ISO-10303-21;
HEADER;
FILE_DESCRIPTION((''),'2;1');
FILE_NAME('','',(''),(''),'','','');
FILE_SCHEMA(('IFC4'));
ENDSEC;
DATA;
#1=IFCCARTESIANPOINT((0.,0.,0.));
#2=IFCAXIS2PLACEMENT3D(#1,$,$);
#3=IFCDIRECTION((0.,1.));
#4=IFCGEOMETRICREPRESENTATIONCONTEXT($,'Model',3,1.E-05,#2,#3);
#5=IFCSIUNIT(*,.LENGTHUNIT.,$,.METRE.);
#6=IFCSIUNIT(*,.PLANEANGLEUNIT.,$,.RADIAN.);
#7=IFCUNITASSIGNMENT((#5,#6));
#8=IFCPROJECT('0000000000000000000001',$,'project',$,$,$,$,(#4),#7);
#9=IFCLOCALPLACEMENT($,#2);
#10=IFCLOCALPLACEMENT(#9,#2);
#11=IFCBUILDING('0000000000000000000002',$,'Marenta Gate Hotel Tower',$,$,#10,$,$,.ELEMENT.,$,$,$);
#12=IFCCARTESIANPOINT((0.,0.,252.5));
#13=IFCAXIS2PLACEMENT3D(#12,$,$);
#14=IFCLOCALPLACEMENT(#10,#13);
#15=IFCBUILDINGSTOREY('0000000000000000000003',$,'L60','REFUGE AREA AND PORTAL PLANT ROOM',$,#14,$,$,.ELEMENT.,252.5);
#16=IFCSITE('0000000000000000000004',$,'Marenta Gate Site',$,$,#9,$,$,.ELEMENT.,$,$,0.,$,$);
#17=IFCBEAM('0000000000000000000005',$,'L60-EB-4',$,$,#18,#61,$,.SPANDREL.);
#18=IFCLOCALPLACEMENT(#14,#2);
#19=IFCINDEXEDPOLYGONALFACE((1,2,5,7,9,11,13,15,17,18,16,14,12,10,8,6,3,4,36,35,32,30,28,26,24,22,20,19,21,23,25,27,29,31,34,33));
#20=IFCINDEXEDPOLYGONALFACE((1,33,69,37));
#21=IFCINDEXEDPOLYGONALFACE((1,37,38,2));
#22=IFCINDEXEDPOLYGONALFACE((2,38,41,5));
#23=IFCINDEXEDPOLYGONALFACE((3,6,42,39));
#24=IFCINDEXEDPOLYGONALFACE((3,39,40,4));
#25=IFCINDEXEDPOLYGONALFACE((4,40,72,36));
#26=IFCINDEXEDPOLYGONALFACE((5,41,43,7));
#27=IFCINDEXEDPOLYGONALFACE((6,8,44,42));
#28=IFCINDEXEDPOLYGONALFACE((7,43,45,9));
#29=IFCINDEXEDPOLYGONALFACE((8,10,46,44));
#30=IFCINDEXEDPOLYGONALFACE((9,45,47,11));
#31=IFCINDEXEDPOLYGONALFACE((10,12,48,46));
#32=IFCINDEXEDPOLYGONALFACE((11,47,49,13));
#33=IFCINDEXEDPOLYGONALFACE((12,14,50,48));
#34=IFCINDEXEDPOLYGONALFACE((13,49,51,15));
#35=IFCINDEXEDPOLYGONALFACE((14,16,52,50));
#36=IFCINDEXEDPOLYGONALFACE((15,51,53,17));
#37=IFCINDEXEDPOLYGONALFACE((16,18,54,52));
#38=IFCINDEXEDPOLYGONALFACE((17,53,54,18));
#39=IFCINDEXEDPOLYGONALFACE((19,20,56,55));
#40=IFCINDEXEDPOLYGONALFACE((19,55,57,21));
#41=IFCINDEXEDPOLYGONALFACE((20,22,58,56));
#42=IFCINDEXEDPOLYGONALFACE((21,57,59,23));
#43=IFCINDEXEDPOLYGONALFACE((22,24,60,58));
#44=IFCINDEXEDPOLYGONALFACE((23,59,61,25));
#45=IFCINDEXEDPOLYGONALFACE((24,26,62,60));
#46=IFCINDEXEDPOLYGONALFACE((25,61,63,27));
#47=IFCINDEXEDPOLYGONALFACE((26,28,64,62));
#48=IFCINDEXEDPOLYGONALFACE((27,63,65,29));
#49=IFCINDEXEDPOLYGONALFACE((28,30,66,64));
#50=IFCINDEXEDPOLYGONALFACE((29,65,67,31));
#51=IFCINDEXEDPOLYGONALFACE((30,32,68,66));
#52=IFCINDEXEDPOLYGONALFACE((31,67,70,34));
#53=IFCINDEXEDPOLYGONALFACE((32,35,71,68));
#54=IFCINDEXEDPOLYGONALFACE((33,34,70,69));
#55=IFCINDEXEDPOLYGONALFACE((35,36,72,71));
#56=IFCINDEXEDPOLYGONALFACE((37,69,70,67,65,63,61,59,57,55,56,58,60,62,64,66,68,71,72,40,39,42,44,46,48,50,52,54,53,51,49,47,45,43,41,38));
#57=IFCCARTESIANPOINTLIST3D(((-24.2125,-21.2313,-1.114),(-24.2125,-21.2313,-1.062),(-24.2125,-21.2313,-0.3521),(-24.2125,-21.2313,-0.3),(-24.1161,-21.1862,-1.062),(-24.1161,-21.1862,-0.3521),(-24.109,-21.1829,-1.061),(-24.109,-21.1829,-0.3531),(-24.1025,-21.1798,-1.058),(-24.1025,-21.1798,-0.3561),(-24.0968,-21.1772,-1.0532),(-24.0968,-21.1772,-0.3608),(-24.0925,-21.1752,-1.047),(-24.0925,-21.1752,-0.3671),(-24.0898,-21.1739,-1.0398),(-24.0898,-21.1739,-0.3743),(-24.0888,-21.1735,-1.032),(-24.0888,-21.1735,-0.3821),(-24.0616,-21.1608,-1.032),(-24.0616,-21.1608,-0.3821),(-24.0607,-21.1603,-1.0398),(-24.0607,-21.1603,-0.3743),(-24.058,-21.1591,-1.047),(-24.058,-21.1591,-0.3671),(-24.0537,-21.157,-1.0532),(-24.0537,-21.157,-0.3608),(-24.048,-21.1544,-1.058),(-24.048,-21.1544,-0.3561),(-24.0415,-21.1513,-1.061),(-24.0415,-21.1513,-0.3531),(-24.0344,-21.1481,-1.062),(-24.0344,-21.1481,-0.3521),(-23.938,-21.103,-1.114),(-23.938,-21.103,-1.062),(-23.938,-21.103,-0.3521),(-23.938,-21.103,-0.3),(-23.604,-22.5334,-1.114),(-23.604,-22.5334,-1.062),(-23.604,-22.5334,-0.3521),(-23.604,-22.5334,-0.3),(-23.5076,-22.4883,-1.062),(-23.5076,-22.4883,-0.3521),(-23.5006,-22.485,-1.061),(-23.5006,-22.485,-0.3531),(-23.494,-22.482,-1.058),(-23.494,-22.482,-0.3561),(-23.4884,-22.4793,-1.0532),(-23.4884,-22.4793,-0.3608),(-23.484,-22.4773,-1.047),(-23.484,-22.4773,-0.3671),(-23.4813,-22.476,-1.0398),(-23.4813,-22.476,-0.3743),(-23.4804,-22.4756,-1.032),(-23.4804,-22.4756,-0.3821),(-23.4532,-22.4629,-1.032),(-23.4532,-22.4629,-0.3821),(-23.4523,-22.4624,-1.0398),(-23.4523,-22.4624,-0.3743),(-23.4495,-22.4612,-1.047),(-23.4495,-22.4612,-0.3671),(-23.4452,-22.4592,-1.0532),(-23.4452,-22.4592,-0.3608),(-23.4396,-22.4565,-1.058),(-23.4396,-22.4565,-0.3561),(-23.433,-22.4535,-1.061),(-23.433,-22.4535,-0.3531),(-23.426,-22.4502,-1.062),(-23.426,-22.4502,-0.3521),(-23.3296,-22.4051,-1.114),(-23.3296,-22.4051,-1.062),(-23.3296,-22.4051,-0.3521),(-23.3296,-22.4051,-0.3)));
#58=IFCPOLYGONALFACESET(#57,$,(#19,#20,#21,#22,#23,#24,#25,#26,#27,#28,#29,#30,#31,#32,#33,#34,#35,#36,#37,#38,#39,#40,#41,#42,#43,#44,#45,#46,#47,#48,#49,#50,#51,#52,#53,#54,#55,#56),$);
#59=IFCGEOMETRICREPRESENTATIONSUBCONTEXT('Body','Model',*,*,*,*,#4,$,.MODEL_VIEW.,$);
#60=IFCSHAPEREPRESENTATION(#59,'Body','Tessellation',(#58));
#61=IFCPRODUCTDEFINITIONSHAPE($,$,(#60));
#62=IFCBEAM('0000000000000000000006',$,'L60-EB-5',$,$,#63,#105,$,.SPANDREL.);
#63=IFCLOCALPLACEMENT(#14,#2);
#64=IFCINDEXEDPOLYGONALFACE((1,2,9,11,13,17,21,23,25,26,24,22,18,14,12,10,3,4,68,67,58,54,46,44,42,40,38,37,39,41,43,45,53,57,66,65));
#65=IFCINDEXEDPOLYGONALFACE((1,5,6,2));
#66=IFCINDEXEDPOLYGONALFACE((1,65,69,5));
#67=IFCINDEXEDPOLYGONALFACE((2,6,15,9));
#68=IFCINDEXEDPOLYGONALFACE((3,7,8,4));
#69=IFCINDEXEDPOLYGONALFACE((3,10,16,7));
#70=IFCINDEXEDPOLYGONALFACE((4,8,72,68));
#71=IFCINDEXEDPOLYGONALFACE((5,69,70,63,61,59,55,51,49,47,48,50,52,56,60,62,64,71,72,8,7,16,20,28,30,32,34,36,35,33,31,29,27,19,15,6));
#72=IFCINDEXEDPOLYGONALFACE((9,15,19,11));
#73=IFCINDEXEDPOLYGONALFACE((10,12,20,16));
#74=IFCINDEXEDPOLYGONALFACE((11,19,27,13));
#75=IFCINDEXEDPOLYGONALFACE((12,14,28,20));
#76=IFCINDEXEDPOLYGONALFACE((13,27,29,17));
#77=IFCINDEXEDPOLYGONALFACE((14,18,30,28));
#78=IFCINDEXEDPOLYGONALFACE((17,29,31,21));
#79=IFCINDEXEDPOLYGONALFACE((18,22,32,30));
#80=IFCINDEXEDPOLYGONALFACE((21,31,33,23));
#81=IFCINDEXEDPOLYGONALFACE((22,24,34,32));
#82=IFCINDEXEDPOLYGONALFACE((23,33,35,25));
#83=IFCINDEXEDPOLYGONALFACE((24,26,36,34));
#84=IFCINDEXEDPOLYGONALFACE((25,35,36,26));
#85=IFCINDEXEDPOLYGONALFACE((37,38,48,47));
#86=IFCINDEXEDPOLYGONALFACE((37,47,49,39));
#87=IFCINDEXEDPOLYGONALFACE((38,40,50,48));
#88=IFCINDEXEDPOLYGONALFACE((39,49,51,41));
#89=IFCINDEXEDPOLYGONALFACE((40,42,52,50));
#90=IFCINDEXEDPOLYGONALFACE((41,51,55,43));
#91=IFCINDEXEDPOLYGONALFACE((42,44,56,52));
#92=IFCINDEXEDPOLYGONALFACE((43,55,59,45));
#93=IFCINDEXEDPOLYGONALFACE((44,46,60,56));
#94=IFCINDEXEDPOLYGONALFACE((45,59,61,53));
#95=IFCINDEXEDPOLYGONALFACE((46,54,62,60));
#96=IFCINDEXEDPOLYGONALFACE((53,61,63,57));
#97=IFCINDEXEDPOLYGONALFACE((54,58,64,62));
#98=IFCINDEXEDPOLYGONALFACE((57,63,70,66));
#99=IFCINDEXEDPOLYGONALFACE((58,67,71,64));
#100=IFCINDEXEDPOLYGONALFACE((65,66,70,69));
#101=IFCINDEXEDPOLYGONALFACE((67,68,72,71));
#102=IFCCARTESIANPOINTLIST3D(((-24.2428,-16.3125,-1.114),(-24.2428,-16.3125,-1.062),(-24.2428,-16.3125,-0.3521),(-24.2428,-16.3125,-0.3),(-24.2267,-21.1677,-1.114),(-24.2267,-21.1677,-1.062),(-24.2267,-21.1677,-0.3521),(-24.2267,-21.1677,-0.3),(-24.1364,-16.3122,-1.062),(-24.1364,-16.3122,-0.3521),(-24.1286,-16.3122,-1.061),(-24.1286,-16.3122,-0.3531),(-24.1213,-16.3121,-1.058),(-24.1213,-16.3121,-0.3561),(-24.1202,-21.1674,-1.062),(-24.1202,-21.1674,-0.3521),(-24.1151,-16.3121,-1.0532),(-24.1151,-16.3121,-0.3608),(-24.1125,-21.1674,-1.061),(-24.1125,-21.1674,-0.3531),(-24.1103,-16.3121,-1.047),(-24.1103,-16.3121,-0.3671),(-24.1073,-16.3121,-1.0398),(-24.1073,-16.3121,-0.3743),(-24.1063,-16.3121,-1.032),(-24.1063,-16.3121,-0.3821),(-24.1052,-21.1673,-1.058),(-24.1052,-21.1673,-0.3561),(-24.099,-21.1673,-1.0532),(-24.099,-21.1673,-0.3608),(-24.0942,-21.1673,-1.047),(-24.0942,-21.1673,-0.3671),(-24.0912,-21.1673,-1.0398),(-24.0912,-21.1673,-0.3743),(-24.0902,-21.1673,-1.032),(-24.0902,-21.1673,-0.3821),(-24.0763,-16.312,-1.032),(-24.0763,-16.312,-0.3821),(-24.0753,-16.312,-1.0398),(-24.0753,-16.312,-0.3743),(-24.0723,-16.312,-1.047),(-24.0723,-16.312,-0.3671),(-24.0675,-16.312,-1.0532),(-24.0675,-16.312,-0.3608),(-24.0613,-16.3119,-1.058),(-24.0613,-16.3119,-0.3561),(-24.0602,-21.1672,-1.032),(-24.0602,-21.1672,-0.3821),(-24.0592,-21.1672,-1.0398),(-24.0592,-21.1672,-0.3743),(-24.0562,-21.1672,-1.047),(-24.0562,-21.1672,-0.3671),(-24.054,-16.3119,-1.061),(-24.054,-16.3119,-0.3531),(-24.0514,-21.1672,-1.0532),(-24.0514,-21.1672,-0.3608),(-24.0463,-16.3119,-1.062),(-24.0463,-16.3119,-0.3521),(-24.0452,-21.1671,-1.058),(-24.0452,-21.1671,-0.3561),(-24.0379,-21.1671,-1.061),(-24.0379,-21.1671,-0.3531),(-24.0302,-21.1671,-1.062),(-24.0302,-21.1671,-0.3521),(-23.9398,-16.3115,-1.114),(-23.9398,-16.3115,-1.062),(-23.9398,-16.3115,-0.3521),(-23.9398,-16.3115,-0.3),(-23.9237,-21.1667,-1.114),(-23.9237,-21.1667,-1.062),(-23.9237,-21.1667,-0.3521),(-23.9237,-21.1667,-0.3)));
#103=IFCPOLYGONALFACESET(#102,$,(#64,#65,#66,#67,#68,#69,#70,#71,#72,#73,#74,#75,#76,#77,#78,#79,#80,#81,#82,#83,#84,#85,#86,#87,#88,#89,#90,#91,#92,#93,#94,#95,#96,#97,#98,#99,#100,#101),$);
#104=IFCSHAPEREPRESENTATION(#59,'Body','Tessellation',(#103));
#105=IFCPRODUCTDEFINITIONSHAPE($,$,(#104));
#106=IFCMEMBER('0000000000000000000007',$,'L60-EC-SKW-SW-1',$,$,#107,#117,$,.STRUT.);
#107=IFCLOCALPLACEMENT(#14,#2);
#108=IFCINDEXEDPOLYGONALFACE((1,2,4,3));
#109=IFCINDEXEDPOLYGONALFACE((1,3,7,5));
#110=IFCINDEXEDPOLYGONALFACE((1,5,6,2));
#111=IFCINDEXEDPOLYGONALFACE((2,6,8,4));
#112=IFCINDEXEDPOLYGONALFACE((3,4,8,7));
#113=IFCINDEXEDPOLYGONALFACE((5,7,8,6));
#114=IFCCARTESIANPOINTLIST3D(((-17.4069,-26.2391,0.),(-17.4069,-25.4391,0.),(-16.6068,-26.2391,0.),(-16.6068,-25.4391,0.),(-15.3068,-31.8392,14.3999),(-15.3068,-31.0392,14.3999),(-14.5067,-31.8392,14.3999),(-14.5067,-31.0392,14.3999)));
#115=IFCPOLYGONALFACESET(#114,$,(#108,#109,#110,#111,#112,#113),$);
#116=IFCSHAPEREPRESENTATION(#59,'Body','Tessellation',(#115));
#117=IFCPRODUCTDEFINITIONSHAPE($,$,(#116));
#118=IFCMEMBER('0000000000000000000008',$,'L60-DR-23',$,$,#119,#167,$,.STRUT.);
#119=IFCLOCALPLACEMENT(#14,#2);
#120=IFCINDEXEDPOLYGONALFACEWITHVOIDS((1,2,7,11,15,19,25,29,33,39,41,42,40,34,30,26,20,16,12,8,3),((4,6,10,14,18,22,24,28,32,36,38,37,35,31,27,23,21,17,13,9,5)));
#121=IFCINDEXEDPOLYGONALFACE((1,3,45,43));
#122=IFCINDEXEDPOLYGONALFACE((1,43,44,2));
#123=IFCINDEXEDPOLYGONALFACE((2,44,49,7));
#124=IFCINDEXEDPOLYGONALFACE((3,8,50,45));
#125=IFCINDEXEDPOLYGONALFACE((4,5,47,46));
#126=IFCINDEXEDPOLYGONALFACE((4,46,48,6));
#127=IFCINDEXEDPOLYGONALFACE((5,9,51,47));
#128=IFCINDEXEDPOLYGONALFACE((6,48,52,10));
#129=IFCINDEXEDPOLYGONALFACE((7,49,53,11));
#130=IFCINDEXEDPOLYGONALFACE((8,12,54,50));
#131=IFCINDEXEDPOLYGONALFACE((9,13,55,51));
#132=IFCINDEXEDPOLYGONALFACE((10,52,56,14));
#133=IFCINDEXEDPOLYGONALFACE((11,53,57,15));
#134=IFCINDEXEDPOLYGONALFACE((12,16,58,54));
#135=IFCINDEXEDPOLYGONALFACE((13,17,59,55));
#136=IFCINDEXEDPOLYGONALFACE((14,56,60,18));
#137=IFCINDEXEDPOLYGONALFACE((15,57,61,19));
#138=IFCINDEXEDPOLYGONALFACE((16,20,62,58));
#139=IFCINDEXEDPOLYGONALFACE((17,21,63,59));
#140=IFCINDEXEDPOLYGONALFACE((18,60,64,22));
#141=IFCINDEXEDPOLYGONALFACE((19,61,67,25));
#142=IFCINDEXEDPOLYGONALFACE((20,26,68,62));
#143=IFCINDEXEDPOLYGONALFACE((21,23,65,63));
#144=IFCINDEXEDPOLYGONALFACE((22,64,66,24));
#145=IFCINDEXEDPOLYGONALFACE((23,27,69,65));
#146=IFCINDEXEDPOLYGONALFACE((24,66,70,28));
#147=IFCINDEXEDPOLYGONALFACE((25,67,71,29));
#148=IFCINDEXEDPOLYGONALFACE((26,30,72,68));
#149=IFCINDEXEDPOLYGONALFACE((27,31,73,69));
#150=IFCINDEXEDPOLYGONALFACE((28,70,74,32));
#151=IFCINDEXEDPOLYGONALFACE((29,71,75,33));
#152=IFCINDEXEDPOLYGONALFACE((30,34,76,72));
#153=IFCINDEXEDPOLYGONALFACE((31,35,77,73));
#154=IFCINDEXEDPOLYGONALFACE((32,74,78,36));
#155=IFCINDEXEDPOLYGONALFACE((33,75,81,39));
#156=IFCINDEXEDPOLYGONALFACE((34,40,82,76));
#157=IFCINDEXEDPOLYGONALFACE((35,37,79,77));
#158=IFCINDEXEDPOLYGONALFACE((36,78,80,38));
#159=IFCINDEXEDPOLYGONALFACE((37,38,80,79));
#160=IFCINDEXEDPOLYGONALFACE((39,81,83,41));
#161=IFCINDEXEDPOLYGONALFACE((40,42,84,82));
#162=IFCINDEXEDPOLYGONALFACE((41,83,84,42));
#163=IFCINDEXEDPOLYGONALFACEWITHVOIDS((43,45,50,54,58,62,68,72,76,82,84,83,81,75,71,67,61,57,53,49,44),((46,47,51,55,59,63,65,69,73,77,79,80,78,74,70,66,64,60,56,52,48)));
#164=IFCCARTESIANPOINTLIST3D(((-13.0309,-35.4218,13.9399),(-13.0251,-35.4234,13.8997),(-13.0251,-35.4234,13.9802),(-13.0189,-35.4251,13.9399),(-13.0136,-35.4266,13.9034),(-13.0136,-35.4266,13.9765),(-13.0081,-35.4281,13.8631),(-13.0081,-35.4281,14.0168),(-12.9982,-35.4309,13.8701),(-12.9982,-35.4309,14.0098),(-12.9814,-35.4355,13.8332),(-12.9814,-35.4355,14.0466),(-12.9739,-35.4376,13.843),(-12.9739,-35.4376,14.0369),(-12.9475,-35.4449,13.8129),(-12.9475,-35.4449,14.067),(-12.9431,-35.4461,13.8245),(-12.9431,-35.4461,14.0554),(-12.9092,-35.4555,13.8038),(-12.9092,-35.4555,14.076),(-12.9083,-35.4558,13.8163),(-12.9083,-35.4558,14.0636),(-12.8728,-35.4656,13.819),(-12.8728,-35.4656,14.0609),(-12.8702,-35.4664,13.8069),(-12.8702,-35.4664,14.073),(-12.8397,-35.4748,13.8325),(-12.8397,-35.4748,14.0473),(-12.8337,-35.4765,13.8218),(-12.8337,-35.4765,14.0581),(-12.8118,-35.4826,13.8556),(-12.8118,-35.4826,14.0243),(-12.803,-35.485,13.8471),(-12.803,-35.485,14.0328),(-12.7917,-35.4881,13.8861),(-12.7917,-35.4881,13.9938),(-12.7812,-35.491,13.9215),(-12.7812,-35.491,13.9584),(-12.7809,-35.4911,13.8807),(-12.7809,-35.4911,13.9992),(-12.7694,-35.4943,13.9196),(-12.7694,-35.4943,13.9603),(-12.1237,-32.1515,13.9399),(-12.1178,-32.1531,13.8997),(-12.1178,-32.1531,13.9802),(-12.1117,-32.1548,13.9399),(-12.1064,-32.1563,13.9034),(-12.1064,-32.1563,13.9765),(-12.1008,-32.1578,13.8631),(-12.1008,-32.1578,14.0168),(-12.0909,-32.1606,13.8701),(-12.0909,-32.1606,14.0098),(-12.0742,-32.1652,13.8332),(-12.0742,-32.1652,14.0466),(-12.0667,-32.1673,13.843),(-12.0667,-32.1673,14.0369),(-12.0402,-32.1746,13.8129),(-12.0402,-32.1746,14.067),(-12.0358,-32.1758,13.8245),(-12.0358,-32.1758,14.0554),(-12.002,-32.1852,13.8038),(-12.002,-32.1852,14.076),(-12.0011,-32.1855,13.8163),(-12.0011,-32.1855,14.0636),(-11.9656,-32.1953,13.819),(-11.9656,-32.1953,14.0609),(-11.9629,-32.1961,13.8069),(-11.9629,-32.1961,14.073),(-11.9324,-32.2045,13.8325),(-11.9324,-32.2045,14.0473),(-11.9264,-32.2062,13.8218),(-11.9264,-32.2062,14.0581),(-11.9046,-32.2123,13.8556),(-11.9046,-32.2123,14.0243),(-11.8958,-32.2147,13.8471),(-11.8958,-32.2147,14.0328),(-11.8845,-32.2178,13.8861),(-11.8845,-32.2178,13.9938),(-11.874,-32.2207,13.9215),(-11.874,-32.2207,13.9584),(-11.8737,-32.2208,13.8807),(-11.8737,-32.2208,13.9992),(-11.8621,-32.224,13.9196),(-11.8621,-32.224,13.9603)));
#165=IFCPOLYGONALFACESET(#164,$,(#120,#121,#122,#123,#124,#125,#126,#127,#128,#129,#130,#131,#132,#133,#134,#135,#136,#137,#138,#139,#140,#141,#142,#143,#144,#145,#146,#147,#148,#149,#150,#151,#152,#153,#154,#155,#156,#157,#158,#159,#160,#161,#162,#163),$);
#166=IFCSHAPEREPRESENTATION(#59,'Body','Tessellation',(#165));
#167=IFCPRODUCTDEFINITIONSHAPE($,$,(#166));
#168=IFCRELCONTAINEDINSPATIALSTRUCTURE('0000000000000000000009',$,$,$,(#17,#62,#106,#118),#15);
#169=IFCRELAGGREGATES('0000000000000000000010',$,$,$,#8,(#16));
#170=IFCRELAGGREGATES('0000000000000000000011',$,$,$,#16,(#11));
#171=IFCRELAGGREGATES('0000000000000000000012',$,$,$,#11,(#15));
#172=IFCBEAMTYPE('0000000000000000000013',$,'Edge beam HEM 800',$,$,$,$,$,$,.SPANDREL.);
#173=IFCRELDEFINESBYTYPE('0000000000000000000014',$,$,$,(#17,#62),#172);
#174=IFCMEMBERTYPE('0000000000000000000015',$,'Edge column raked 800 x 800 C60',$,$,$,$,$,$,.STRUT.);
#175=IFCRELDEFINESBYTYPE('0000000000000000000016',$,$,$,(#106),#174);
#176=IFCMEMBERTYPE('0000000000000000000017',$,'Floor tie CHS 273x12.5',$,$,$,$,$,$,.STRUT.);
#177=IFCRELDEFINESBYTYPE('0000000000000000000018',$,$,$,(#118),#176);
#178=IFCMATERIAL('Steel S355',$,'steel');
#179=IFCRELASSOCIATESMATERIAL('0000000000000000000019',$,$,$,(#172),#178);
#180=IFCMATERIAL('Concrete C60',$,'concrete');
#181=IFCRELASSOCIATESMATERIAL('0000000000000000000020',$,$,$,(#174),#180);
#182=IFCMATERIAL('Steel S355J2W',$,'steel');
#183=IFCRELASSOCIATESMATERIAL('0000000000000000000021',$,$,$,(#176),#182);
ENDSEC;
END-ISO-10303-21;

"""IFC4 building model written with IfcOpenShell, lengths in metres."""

from ifc_helpers import new_model, si_unit, direction, frame, origin, origin_2d, place, context, subcontext, project, spatial, rectangle, hollow_circle, i_section, extrude, material, material_profile, profile_set, type_object, element, save


model = new_model("IFC4")

# Units and contexts
model_context = context("Model", 3, precision=1e-05, world=origin(), true_north=direction((0.0, 1.0)))
body_context = subcontext(model_context, "Body", "Model", "MODEL_VIEW")
ifc_project = project(units=[si_unit("LENGTHUNIT", "METRE"), si_unit("PLANEANGLEUNIT", "RADIAN")], contexts=[model_context])

# Site, building, storey
site_placement = place(None, origin())
site = spatial("IfcSite", under=ifc_project, at=site_placement, Name="Marenta Gate Site", CompositionType="ELEMENT", RefElevation=0.0)
building_placement = place(site_placement, origin())
building = spatial("IfcBuilding", under=site, at=building_placement, Name="Marenta Gate Hotel Tower", CompositionType="ELEMENT")
storey_placement = place(building_placement, frame((0.0, 0.0, 252.5)))
storey = spatial("IfcBuildingStorey", under=building, at=storey_placement, Name="L60", Description="REFUGE AREA AND PORTAL PLANT ROOM", CompositionType="ELEMENT", Elevation=252.5)

# Beams
ifc_material_1 = material(Name="Steel S355", Category="steel")
ifc_material_profile_1 = material_profile(ifc_material_1, i_section(OverallWidth=0.303, OverallDepth=0.814, WebThickness=0.03, FlangeThickness=0.052, FilletRadius=0.03, at=origin_2d()), Name="HEM 800")
ifc_profile_set_1 = profile_set([ifc_material_profile_1], Name="Steel S355")
beam_type_1 = type_object("IfcBeamType", Name="Edge beam HEM 800", PredefinedType="SPANDREL", material=ifc_profile_set_1)
beam_1_placement = place(storey_placement, frame((-23.4668, -22.4692, -0.707), z_axis=(-0.423341, 0.90597, 0.0), x_axis=(-0.90597, -0.423341, 0.0)))
element("IfcBeam", 1, at=beam_1_placement, inside=storey, type_object=beam_type_1, Name="L60-EB-4", PredefinedType="SPANDREL", context=body_context, shape_type="SweptSolid", body=[
    extrude(i_section(OverallWidth=0.303, OverallDepth=0.814, WebThickness=0.03, FlangeThickness=0.052, FilletRadius=0.03, at=origin_2d()), origin(), (0.0, 0.0, 1.0), 1.4373),
])
beam_2_placement = place(storey_placement, frame((-24.0752, -21.1672, -0.707), z_axis=(-0.003319, 0.999994, 0.0), x_axis=(-0.999994, -0.003319, 0.0)))
element("IfcBeam", 2, at=beam_2_placement, inside=storey, type_object=beam_type_1, Name="L60-EB-5", PredefinedType="SPANDREL", context=body_context, shape_type="SweptSolid", body=[
    extrude(i_section(OverallWidth=0.303, OverallDepth=0.814, WebThickness=0.03, FlangeThickness=0.052, FilletRadius=0.03, at=origin_2d()), origin(), (0.0, 0.0, 1.0), 4.8552),
])

# Members
ifc_material_2 = material(Name="Concrete C60", Category="concrete")
ifc_material_profile_2 = material_profile(ifc_material_2, rectangle(XDim=0.8, YDim=0.8, at=origin_2d()), Name="800 x 800")
ifc_profile_set_2 = profile_set([ifc_material_profile_2], Name="Concrete C60")
member_type_1 = type_object("IfcMemberType", Name="Edge column raked 800 x 800 C60", PredefinedType="STRUT", material=ifc_profile_set_2)
member_1_placement = place(storey_placement, frame((-17.0068, -25.8391, 0.0), z_axis=(0.0, 0.0, 1.0), x_axis=(1.0, 0.0, 0.0)))
element("IfcMember", 3, at=member_1_placement, inside=storey, type_object=member_type_1, Name="L60-EC-SKW-SW-1", PredefinedType="STRUT", context=body_context, shape_type="SweptSolid", body=[
    extrude(rectangle(XDim=0.8, YDim=0.8, at=origin_2d()), origin(), (0.134686, -0.359151, 0.92351), 15.5925),
])
ifc_material_3 = material(Name="Steel S355J2W", Category="steel")
ifc_material_profile_3 = material_profile(ifc_material_3, hollow_circle(Radius=0.1365, WallThickness=0.0125, at=origin_2d()), Name="CHS 273x12.5")
ifc_profile_set_3 = profile_set([ifc_material_profile_3], Name="Steel S355J2W")
member_type_2 = type_object("IfcMemberType", Name="Floor tie CHS 273x12.5", PredefinedType="STRUT", material=ifc_profile_set_3)
member_2_placement = place(storey_placement, frame((-12.8994, -35.4583, 13.9399), z_axis=(0.267321, 0.963608, 0.0), x_axis=(-0.963608, 0.267321, 0.0)))
element("IfcMember", 4, at=member_2_placement, inside=storey, type_object=member_type_2, Name="L60-DR-23", PredefinedType="STRUT", context=body_context, shape_type="SweptSolid", body=[
    extrude(hollow_circle(Radius=0.1365, WallThickness=0.0125, at=origin_2d()), origin(), (0.0, 0.0, 1.0), 3.3938),
])

save(model, "model.ifc")
